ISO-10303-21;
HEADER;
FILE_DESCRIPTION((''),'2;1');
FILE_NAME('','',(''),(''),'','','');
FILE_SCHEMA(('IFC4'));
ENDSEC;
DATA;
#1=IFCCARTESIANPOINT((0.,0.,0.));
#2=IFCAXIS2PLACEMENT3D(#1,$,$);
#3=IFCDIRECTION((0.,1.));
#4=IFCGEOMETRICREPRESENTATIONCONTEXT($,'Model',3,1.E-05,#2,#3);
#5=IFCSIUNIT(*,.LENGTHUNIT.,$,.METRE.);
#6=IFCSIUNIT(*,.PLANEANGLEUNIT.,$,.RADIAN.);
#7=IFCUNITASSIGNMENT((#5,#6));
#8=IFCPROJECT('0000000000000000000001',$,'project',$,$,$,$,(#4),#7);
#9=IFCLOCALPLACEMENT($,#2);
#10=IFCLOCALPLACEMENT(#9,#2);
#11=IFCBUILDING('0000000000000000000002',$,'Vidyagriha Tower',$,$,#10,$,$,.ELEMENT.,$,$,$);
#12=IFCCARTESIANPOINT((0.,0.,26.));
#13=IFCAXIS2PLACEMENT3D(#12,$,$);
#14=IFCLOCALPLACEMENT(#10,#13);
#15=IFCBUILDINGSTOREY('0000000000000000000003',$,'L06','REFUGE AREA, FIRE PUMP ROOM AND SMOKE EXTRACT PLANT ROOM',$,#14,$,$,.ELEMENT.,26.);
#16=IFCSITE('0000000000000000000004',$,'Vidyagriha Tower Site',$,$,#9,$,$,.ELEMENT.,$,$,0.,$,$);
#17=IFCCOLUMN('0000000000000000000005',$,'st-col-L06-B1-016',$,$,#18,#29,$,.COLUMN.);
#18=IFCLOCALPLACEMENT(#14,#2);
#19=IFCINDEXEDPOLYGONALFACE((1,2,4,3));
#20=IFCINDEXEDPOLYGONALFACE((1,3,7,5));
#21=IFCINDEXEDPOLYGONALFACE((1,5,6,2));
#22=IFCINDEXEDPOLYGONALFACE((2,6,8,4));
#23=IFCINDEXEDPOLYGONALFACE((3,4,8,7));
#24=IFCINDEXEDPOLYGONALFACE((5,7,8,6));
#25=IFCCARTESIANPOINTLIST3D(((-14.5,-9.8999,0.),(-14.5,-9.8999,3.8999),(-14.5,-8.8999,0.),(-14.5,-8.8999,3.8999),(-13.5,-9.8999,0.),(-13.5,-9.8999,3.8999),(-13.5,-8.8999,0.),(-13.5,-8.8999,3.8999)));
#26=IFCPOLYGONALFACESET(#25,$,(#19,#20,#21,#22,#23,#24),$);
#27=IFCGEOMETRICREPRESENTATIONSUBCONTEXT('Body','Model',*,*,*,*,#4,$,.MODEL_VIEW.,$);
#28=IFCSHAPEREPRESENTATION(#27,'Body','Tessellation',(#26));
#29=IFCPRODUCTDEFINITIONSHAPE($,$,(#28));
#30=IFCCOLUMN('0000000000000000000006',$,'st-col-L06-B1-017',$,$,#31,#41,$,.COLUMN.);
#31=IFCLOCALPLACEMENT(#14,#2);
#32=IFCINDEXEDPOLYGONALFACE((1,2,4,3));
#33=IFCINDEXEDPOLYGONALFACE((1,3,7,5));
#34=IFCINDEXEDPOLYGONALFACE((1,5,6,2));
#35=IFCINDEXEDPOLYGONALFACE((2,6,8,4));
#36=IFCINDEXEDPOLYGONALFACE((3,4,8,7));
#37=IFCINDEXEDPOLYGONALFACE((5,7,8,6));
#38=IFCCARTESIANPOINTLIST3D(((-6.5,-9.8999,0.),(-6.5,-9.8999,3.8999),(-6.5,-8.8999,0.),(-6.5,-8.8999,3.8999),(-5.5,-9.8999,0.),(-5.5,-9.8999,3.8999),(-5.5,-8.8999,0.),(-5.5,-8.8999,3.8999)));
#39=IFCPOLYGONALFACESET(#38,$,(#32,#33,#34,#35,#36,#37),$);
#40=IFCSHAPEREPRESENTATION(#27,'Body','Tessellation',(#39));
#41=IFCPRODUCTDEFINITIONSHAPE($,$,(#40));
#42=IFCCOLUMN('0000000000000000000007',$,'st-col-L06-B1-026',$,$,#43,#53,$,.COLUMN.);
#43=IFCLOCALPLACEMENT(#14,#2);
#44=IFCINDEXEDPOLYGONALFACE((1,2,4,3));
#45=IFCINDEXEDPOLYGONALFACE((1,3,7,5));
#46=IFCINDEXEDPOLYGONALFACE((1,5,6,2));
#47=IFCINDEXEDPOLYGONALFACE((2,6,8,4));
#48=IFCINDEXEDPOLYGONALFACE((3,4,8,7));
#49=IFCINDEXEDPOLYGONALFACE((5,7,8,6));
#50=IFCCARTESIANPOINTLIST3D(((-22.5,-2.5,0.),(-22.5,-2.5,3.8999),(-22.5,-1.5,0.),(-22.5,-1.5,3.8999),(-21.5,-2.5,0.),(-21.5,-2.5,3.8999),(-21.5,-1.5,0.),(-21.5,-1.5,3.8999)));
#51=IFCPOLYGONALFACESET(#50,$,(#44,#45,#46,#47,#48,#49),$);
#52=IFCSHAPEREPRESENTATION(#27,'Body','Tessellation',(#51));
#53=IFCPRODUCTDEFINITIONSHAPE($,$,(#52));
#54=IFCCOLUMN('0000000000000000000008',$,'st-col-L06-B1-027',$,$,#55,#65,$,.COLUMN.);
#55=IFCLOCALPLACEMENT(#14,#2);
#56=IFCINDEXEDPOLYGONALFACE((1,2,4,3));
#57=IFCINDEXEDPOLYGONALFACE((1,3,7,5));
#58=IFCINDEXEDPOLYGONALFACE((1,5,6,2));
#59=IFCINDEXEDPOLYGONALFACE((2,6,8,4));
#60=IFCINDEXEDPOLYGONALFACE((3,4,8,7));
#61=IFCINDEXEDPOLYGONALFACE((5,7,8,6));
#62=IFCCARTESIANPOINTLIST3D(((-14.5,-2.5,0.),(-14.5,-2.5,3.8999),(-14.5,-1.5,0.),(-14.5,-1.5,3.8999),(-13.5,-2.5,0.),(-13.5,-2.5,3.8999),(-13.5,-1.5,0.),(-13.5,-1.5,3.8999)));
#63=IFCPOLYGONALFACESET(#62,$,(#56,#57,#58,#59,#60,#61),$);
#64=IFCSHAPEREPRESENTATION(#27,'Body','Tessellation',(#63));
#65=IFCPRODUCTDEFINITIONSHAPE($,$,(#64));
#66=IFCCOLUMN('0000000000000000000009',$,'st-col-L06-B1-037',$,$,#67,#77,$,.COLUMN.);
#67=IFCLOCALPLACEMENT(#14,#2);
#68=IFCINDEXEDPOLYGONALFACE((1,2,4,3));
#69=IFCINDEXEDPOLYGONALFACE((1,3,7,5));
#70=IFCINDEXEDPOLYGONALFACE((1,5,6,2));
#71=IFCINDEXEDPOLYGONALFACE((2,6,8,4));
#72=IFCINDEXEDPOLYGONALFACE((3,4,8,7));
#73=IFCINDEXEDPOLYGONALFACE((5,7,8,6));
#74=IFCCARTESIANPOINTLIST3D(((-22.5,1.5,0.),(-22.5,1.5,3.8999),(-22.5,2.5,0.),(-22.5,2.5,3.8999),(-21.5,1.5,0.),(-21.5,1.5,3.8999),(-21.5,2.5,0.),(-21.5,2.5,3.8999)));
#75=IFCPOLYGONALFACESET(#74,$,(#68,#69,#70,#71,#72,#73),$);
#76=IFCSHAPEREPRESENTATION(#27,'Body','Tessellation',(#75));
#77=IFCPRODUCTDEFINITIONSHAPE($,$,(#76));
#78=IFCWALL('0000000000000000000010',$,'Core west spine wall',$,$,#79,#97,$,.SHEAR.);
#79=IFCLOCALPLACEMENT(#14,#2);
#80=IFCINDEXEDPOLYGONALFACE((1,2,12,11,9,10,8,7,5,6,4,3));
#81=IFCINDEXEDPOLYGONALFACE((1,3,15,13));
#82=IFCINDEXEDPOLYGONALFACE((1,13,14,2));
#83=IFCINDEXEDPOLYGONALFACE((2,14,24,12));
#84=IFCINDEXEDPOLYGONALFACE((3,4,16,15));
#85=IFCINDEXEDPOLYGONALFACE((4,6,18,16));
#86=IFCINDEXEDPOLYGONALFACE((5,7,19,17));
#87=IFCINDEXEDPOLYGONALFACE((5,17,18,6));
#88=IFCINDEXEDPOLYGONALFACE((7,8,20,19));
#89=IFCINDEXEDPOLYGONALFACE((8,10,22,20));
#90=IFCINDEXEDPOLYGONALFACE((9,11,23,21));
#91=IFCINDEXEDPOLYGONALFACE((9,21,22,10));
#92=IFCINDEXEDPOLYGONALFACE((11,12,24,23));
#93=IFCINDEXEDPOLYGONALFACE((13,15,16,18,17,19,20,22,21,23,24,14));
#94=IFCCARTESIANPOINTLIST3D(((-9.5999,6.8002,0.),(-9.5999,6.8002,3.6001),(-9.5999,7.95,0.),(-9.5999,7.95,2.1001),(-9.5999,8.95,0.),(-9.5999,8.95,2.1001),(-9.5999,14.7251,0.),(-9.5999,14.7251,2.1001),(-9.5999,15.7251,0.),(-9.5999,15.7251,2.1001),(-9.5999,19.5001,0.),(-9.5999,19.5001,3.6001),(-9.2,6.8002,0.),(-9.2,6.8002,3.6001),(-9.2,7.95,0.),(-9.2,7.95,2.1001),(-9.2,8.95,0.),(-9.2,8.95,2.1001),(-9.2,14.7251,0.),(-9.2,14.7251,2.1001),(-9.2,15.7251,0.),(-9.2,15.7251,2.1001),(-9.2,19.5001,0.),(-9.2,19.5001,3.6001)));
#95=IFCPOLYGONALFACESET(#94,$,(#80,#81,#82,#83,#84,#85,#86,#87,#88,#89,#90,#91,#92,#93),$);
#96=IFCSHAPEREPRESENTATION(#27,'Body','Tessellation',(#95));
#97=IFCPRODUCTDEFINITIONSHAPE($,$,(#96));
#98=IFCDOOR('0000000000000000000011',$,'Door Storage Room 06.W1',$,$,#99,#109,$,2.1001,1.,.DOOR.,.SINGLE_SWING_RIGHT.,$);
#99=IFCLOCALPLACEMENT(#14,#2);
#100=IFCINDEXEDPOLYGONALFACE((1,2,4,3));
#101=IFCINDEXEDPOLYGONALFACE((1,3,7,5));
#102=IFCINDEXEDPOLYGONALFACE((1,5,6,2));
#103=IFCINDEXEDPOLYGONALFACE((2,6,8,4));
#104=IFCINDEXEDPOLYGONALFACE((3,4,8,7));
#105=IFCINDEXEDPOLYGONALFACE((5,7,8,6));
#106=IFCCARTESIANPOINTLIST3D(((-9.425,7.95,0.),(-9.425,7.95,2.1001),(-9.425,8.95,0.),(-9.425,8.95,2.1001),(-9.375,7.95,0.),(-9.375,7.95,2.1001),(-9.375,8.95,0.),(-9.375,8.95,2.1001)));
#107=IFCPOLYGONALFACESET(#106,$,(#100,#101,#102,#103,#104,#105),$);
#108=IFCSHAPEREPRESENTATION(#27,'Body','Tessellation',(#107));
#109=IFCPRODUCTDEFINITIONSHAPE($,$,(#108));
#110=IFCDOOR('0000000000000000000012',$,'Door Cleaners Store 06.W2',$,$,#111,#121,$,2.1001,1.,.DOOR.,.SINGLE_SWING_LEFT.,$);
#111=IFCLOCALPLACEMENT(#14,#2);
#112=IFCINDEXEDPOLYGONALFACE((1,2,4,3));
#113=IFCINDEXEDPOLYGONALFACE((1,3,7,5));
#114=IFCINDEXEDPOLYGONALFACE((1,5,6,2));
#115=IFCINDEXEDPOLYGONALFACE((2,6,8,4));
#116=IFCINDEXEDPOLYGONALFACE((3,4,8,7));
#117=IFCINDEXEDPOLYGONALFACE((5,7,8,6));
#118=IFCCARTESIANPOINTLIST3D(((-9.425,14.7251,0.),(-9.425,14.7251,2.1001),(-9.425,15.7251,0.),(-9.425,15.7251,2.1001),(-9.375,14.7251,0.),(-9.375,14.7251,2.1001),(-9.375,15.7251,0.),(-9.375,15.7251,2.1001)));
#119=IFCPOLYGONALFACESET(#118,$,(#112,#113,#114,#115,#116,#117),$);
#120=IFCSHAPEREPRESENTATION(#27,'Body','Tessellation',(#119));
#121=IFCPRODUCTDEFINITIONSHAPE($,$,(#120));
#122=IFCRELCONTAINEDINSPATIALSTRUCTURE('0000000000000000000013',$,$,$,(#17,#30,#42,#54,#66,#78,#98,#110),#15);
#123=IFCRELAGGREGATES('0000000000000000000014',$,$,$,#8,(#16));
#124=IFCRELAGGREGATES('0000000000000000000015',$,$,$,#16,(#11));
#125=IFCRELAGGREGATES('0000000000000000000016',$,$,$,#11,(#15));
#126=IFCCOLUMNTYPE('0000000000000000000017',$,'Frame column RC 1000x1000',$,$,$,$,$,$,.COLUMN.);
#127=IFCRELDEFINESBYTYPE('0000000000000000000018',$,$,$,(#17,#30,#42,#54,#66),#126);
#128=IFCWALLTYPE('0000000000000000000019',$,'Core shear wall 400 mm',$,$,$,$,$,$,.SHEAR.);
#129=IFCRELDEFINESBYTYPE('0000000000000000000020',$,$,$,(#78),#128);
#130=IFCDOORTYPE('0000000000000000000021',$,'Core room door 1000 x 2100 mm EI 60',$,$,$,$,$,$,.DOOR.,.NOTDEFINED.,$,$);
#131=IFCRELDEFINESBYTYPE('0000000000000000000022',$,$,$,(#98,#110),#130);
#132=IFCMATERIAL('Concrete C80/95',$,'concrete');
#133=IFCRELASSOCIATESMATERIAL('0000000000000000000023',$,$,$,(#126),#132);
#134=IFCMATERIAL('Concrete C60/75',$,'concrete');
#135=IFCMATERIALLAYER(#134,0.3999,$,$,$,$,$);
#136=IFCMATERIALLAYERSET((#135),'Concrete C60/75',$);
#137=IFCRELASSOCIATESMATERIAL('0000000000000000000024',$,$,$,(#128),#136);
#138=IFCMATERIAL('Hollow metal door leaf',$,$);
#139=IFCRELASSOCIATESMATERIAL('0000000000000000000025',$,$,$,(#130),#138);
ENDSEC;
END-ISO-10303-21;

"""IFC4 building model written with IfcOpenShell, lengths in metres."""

from ifc_helpers import new_model, si_unit, direction, frame, frame_2d, origin, origin_2d, place, context, subcontext, project, spatial, rectangle, extrude, material, layer, layer_set, material_profile, profile_set, type_object, element, fill, save


model = new_model("IFC4")

# Units and contexts
model_context = context("Model", 3, precision=1e-05, world=origin(), true_north=direction((0.0, 1.0)))
body_context = subcontext(model_context, "Body", "Model", "MODEL_VIEW")
ifc_project = project(units=[si_unit("LENGTHUNIT", "METRE"), si_unit("PLANEANGLEUNIT", "RADIAN")], contexts=[model_context])

# Site, building, storey
site_placement = place(None, origin())
site = spatial("IfcSite", under=ifc_project, at=site_placement, Name="Vidyagriha Tower Site", CompositionType="ELEMENT", RefElevation=0.0)
building_placement = place(site_placement, origin())
building = spatial("IfcBuilding", under=site, at=building_placement, Name="Vidyagriha Tower", CompositionType="ELEMENT")
storey_placement = place(building_placement, frame((0.0, 0.0, 26.0)))
storey = spatial("IfcBuildingStorey", under=building, at=storey_placement, Name="L06", Description="REFUGE AREA, FIRE PUMP ROOM AND SMOKE EXTRACT PLANT ROOM", CompositionType="ELEMENT", Elevation=26.0)

# Columns
ifc_material_1 = material(Name="Concrete C80/95", Category="concrete")
ifc_material_profile = material_profile(ifc_material_1, rectangle(XDim=1.0, YDim=1.0, at=origin_2d()), Name="RC 1000x1000")
ifc_profile_set = profile_set([ifc_material_profile], Name="Concrete C80/95")
column_type = type_object("IfcColumnType", Name="Frame column RC 1000x1000", PredefinedType="COLUMN", material=ifc_profile_set)
for number, where, name in (
    (1, (-14.0, -9.3999, 0.0), "st-col-L06-B1-016"),
    (2, (-6.0, -9.3999, 0.0), "st-col-L06-B1-017"),
    (3, (-22.0, -2.0, 0.0), "st-col-L06-B1-026"),
    (4, (-14.0, -2.0, 0.0), "st-col-L06-B1-027"),
    (5, (-22.0, 2.0, 0.0), "st-col-L06-B1-037"),
):
    element("IfcColumn", number, at=place(storey_placement, frame(where)), inside=storey, type_object=column_type, Name=name, PredefinedType="COLUMN", context=body_context, shape_type="SweptSolid", body=[
        extrude(rectangle(XDim=1.0, YDim=1.0, at=origin_2d()), origin(), (0.0, 0.0, 1.0), 3.8999),
    ])

# Wall, openings, doors
ifc_material_2 = material(Name="Concrete C60/75", Category="concrete")
ifc_layer_1 = layer(ifc_material_2, 0.3999)
ifc_layer_set_1 = layer_set([ifc_layer_1], Name="Concrete C60/75")
wall_type_1 = type_object("IfcWallType", Name="Core shear wall 400 mm", PredefinedType="SHEAR", material=ifc_layer_set_1)
wall_1_placement = place(storey_placement, frame((-9.3999, 6.8, 0.0), z_axis=(0.0, 0.0, 1.0), x_axis=(0.0, 1.0, 0.0)))
wall_1 = element("IfcWall", 6, at=wall_1_placement, inside=storey, type_object=wall_type_1, Name="Core west spine wall", PredefinedType="SHEAR", context=body_context, shape_type="SweptSolid", body=[
    extrude(rectangle(XDim=12.7, YDim=0.3999, at=frame_2d((6.3501, 0.0))), origin(), (0.0, 0.0, 1.0), 3.6001),
])
opening_1_placement = place(wall_1_placement, frame((1.1499, 0.0, 0.0)))
opening_1 = element("IfcOpeningElement", 7, at=opening_1_placement, cuts=wall_1, PredefinedType="OPENING", context=body_context, shape_type="SweptSolid", body=[
    extrude(rectangle(XDim=1.0, YDim=2.1001, at=frame_2d((0.5, 1.05))), frame((0.0, 0.21, 0.0), z_axis=(0.0, -1.0, 0.0), x_axis=(1.0, 0.0, 0.0)), (0.0, 0.0, 1.0), 0.4199),
])
opening_2_placement = place(wall_1_placement, frame((7.925, 0.0, 0.0)))
opening_2 = element("IfcOpeningElement", 8, at=opening_2_placement, cuts=wall_1, PredefinedType="OPENING", context=body_context, shape_type="SweptSolid", body=[
    extrude(rectangle(XDim=1.0, YDim=2.1001, at=frame_2d((0.5, 1.05))), frame((0.0, 0.21, 0.0), z_axis=(0.0, -1.0, 0.0), x_axis=(1.0, 0.0, 0.0)), (0.0, 0.0, 1.0), 0.4199),
])
ifc_material_3 = material(Name="Hollow metal door leaf")
door_type_1 = type_object("IfcDoorType", Name="Core room door 1000 x 2100 mm EI 60", OperationType="NOTDEFINED", PredefinedType="DOOR", material=ifc_material_3)
door_1_placement = place(opening_1_placement, frame((1.0, 0.0, 0.0), z_axis=(0.0, 0.0, 1.0), x_axis=(-1.0, 0.0, 0.0)))
door_1 = element("IfcDoor", 9, at=door_1_placement, inside=storey, type_object=door_type_1, Name="Door Storage Room 06.W1", OperationType="SINGLE_SWING_RIGHT", OverallHeight=2.1001, OverallWidth=1.0, PredefinedType="DOOR", context=body_context, shape_type="SweptSolid", body=[
    extrude(rectangle(XDim=1.0, YDim=2.1001, at=frame_2d((0.5, 1.05))), frame((0.0, 0.0249, 0.0), z_axis=(0.0, -1.0, 0.0), x_axis=(1.0, 0.0, 0.0)), (0.0, 0.0, 1.0), 0.05),
])
fill(opening_1, door_1)
door_2_placement = place(opening_2_placement, frame((1.0, 0.0, 0.0), z_axis=(0.0, 0.0, 1.0), x_axis=(-1.0, 0.0, 0.0)))
door_2 = element("IfcDoor", 10, at=door_2_placement, inside=storey, type_object=door_type_1, Name="Door Cleaners Store 06.W2", OperationType="SINGLE_SWING_LEFT", OverallHeight=2.1001, OverallWidth=1.0, PredefinedType="DOOR", context=body_context, shape_type="SweptSolid", body=[
    extrude(rectangle(XDim=1.0, YDim=2.1001, at=frame_2d((0.5, 1.05))), frame((0.0, 0.0249, 0.0), z_axis=(0.0, -1.0, 0.0), x_axis=(1.0, 0.0, 0.0)), (0.0, 0.0, 1.0), 0.05),
])
fill(opening_2, door_2)

save(model, "model.ifc")
